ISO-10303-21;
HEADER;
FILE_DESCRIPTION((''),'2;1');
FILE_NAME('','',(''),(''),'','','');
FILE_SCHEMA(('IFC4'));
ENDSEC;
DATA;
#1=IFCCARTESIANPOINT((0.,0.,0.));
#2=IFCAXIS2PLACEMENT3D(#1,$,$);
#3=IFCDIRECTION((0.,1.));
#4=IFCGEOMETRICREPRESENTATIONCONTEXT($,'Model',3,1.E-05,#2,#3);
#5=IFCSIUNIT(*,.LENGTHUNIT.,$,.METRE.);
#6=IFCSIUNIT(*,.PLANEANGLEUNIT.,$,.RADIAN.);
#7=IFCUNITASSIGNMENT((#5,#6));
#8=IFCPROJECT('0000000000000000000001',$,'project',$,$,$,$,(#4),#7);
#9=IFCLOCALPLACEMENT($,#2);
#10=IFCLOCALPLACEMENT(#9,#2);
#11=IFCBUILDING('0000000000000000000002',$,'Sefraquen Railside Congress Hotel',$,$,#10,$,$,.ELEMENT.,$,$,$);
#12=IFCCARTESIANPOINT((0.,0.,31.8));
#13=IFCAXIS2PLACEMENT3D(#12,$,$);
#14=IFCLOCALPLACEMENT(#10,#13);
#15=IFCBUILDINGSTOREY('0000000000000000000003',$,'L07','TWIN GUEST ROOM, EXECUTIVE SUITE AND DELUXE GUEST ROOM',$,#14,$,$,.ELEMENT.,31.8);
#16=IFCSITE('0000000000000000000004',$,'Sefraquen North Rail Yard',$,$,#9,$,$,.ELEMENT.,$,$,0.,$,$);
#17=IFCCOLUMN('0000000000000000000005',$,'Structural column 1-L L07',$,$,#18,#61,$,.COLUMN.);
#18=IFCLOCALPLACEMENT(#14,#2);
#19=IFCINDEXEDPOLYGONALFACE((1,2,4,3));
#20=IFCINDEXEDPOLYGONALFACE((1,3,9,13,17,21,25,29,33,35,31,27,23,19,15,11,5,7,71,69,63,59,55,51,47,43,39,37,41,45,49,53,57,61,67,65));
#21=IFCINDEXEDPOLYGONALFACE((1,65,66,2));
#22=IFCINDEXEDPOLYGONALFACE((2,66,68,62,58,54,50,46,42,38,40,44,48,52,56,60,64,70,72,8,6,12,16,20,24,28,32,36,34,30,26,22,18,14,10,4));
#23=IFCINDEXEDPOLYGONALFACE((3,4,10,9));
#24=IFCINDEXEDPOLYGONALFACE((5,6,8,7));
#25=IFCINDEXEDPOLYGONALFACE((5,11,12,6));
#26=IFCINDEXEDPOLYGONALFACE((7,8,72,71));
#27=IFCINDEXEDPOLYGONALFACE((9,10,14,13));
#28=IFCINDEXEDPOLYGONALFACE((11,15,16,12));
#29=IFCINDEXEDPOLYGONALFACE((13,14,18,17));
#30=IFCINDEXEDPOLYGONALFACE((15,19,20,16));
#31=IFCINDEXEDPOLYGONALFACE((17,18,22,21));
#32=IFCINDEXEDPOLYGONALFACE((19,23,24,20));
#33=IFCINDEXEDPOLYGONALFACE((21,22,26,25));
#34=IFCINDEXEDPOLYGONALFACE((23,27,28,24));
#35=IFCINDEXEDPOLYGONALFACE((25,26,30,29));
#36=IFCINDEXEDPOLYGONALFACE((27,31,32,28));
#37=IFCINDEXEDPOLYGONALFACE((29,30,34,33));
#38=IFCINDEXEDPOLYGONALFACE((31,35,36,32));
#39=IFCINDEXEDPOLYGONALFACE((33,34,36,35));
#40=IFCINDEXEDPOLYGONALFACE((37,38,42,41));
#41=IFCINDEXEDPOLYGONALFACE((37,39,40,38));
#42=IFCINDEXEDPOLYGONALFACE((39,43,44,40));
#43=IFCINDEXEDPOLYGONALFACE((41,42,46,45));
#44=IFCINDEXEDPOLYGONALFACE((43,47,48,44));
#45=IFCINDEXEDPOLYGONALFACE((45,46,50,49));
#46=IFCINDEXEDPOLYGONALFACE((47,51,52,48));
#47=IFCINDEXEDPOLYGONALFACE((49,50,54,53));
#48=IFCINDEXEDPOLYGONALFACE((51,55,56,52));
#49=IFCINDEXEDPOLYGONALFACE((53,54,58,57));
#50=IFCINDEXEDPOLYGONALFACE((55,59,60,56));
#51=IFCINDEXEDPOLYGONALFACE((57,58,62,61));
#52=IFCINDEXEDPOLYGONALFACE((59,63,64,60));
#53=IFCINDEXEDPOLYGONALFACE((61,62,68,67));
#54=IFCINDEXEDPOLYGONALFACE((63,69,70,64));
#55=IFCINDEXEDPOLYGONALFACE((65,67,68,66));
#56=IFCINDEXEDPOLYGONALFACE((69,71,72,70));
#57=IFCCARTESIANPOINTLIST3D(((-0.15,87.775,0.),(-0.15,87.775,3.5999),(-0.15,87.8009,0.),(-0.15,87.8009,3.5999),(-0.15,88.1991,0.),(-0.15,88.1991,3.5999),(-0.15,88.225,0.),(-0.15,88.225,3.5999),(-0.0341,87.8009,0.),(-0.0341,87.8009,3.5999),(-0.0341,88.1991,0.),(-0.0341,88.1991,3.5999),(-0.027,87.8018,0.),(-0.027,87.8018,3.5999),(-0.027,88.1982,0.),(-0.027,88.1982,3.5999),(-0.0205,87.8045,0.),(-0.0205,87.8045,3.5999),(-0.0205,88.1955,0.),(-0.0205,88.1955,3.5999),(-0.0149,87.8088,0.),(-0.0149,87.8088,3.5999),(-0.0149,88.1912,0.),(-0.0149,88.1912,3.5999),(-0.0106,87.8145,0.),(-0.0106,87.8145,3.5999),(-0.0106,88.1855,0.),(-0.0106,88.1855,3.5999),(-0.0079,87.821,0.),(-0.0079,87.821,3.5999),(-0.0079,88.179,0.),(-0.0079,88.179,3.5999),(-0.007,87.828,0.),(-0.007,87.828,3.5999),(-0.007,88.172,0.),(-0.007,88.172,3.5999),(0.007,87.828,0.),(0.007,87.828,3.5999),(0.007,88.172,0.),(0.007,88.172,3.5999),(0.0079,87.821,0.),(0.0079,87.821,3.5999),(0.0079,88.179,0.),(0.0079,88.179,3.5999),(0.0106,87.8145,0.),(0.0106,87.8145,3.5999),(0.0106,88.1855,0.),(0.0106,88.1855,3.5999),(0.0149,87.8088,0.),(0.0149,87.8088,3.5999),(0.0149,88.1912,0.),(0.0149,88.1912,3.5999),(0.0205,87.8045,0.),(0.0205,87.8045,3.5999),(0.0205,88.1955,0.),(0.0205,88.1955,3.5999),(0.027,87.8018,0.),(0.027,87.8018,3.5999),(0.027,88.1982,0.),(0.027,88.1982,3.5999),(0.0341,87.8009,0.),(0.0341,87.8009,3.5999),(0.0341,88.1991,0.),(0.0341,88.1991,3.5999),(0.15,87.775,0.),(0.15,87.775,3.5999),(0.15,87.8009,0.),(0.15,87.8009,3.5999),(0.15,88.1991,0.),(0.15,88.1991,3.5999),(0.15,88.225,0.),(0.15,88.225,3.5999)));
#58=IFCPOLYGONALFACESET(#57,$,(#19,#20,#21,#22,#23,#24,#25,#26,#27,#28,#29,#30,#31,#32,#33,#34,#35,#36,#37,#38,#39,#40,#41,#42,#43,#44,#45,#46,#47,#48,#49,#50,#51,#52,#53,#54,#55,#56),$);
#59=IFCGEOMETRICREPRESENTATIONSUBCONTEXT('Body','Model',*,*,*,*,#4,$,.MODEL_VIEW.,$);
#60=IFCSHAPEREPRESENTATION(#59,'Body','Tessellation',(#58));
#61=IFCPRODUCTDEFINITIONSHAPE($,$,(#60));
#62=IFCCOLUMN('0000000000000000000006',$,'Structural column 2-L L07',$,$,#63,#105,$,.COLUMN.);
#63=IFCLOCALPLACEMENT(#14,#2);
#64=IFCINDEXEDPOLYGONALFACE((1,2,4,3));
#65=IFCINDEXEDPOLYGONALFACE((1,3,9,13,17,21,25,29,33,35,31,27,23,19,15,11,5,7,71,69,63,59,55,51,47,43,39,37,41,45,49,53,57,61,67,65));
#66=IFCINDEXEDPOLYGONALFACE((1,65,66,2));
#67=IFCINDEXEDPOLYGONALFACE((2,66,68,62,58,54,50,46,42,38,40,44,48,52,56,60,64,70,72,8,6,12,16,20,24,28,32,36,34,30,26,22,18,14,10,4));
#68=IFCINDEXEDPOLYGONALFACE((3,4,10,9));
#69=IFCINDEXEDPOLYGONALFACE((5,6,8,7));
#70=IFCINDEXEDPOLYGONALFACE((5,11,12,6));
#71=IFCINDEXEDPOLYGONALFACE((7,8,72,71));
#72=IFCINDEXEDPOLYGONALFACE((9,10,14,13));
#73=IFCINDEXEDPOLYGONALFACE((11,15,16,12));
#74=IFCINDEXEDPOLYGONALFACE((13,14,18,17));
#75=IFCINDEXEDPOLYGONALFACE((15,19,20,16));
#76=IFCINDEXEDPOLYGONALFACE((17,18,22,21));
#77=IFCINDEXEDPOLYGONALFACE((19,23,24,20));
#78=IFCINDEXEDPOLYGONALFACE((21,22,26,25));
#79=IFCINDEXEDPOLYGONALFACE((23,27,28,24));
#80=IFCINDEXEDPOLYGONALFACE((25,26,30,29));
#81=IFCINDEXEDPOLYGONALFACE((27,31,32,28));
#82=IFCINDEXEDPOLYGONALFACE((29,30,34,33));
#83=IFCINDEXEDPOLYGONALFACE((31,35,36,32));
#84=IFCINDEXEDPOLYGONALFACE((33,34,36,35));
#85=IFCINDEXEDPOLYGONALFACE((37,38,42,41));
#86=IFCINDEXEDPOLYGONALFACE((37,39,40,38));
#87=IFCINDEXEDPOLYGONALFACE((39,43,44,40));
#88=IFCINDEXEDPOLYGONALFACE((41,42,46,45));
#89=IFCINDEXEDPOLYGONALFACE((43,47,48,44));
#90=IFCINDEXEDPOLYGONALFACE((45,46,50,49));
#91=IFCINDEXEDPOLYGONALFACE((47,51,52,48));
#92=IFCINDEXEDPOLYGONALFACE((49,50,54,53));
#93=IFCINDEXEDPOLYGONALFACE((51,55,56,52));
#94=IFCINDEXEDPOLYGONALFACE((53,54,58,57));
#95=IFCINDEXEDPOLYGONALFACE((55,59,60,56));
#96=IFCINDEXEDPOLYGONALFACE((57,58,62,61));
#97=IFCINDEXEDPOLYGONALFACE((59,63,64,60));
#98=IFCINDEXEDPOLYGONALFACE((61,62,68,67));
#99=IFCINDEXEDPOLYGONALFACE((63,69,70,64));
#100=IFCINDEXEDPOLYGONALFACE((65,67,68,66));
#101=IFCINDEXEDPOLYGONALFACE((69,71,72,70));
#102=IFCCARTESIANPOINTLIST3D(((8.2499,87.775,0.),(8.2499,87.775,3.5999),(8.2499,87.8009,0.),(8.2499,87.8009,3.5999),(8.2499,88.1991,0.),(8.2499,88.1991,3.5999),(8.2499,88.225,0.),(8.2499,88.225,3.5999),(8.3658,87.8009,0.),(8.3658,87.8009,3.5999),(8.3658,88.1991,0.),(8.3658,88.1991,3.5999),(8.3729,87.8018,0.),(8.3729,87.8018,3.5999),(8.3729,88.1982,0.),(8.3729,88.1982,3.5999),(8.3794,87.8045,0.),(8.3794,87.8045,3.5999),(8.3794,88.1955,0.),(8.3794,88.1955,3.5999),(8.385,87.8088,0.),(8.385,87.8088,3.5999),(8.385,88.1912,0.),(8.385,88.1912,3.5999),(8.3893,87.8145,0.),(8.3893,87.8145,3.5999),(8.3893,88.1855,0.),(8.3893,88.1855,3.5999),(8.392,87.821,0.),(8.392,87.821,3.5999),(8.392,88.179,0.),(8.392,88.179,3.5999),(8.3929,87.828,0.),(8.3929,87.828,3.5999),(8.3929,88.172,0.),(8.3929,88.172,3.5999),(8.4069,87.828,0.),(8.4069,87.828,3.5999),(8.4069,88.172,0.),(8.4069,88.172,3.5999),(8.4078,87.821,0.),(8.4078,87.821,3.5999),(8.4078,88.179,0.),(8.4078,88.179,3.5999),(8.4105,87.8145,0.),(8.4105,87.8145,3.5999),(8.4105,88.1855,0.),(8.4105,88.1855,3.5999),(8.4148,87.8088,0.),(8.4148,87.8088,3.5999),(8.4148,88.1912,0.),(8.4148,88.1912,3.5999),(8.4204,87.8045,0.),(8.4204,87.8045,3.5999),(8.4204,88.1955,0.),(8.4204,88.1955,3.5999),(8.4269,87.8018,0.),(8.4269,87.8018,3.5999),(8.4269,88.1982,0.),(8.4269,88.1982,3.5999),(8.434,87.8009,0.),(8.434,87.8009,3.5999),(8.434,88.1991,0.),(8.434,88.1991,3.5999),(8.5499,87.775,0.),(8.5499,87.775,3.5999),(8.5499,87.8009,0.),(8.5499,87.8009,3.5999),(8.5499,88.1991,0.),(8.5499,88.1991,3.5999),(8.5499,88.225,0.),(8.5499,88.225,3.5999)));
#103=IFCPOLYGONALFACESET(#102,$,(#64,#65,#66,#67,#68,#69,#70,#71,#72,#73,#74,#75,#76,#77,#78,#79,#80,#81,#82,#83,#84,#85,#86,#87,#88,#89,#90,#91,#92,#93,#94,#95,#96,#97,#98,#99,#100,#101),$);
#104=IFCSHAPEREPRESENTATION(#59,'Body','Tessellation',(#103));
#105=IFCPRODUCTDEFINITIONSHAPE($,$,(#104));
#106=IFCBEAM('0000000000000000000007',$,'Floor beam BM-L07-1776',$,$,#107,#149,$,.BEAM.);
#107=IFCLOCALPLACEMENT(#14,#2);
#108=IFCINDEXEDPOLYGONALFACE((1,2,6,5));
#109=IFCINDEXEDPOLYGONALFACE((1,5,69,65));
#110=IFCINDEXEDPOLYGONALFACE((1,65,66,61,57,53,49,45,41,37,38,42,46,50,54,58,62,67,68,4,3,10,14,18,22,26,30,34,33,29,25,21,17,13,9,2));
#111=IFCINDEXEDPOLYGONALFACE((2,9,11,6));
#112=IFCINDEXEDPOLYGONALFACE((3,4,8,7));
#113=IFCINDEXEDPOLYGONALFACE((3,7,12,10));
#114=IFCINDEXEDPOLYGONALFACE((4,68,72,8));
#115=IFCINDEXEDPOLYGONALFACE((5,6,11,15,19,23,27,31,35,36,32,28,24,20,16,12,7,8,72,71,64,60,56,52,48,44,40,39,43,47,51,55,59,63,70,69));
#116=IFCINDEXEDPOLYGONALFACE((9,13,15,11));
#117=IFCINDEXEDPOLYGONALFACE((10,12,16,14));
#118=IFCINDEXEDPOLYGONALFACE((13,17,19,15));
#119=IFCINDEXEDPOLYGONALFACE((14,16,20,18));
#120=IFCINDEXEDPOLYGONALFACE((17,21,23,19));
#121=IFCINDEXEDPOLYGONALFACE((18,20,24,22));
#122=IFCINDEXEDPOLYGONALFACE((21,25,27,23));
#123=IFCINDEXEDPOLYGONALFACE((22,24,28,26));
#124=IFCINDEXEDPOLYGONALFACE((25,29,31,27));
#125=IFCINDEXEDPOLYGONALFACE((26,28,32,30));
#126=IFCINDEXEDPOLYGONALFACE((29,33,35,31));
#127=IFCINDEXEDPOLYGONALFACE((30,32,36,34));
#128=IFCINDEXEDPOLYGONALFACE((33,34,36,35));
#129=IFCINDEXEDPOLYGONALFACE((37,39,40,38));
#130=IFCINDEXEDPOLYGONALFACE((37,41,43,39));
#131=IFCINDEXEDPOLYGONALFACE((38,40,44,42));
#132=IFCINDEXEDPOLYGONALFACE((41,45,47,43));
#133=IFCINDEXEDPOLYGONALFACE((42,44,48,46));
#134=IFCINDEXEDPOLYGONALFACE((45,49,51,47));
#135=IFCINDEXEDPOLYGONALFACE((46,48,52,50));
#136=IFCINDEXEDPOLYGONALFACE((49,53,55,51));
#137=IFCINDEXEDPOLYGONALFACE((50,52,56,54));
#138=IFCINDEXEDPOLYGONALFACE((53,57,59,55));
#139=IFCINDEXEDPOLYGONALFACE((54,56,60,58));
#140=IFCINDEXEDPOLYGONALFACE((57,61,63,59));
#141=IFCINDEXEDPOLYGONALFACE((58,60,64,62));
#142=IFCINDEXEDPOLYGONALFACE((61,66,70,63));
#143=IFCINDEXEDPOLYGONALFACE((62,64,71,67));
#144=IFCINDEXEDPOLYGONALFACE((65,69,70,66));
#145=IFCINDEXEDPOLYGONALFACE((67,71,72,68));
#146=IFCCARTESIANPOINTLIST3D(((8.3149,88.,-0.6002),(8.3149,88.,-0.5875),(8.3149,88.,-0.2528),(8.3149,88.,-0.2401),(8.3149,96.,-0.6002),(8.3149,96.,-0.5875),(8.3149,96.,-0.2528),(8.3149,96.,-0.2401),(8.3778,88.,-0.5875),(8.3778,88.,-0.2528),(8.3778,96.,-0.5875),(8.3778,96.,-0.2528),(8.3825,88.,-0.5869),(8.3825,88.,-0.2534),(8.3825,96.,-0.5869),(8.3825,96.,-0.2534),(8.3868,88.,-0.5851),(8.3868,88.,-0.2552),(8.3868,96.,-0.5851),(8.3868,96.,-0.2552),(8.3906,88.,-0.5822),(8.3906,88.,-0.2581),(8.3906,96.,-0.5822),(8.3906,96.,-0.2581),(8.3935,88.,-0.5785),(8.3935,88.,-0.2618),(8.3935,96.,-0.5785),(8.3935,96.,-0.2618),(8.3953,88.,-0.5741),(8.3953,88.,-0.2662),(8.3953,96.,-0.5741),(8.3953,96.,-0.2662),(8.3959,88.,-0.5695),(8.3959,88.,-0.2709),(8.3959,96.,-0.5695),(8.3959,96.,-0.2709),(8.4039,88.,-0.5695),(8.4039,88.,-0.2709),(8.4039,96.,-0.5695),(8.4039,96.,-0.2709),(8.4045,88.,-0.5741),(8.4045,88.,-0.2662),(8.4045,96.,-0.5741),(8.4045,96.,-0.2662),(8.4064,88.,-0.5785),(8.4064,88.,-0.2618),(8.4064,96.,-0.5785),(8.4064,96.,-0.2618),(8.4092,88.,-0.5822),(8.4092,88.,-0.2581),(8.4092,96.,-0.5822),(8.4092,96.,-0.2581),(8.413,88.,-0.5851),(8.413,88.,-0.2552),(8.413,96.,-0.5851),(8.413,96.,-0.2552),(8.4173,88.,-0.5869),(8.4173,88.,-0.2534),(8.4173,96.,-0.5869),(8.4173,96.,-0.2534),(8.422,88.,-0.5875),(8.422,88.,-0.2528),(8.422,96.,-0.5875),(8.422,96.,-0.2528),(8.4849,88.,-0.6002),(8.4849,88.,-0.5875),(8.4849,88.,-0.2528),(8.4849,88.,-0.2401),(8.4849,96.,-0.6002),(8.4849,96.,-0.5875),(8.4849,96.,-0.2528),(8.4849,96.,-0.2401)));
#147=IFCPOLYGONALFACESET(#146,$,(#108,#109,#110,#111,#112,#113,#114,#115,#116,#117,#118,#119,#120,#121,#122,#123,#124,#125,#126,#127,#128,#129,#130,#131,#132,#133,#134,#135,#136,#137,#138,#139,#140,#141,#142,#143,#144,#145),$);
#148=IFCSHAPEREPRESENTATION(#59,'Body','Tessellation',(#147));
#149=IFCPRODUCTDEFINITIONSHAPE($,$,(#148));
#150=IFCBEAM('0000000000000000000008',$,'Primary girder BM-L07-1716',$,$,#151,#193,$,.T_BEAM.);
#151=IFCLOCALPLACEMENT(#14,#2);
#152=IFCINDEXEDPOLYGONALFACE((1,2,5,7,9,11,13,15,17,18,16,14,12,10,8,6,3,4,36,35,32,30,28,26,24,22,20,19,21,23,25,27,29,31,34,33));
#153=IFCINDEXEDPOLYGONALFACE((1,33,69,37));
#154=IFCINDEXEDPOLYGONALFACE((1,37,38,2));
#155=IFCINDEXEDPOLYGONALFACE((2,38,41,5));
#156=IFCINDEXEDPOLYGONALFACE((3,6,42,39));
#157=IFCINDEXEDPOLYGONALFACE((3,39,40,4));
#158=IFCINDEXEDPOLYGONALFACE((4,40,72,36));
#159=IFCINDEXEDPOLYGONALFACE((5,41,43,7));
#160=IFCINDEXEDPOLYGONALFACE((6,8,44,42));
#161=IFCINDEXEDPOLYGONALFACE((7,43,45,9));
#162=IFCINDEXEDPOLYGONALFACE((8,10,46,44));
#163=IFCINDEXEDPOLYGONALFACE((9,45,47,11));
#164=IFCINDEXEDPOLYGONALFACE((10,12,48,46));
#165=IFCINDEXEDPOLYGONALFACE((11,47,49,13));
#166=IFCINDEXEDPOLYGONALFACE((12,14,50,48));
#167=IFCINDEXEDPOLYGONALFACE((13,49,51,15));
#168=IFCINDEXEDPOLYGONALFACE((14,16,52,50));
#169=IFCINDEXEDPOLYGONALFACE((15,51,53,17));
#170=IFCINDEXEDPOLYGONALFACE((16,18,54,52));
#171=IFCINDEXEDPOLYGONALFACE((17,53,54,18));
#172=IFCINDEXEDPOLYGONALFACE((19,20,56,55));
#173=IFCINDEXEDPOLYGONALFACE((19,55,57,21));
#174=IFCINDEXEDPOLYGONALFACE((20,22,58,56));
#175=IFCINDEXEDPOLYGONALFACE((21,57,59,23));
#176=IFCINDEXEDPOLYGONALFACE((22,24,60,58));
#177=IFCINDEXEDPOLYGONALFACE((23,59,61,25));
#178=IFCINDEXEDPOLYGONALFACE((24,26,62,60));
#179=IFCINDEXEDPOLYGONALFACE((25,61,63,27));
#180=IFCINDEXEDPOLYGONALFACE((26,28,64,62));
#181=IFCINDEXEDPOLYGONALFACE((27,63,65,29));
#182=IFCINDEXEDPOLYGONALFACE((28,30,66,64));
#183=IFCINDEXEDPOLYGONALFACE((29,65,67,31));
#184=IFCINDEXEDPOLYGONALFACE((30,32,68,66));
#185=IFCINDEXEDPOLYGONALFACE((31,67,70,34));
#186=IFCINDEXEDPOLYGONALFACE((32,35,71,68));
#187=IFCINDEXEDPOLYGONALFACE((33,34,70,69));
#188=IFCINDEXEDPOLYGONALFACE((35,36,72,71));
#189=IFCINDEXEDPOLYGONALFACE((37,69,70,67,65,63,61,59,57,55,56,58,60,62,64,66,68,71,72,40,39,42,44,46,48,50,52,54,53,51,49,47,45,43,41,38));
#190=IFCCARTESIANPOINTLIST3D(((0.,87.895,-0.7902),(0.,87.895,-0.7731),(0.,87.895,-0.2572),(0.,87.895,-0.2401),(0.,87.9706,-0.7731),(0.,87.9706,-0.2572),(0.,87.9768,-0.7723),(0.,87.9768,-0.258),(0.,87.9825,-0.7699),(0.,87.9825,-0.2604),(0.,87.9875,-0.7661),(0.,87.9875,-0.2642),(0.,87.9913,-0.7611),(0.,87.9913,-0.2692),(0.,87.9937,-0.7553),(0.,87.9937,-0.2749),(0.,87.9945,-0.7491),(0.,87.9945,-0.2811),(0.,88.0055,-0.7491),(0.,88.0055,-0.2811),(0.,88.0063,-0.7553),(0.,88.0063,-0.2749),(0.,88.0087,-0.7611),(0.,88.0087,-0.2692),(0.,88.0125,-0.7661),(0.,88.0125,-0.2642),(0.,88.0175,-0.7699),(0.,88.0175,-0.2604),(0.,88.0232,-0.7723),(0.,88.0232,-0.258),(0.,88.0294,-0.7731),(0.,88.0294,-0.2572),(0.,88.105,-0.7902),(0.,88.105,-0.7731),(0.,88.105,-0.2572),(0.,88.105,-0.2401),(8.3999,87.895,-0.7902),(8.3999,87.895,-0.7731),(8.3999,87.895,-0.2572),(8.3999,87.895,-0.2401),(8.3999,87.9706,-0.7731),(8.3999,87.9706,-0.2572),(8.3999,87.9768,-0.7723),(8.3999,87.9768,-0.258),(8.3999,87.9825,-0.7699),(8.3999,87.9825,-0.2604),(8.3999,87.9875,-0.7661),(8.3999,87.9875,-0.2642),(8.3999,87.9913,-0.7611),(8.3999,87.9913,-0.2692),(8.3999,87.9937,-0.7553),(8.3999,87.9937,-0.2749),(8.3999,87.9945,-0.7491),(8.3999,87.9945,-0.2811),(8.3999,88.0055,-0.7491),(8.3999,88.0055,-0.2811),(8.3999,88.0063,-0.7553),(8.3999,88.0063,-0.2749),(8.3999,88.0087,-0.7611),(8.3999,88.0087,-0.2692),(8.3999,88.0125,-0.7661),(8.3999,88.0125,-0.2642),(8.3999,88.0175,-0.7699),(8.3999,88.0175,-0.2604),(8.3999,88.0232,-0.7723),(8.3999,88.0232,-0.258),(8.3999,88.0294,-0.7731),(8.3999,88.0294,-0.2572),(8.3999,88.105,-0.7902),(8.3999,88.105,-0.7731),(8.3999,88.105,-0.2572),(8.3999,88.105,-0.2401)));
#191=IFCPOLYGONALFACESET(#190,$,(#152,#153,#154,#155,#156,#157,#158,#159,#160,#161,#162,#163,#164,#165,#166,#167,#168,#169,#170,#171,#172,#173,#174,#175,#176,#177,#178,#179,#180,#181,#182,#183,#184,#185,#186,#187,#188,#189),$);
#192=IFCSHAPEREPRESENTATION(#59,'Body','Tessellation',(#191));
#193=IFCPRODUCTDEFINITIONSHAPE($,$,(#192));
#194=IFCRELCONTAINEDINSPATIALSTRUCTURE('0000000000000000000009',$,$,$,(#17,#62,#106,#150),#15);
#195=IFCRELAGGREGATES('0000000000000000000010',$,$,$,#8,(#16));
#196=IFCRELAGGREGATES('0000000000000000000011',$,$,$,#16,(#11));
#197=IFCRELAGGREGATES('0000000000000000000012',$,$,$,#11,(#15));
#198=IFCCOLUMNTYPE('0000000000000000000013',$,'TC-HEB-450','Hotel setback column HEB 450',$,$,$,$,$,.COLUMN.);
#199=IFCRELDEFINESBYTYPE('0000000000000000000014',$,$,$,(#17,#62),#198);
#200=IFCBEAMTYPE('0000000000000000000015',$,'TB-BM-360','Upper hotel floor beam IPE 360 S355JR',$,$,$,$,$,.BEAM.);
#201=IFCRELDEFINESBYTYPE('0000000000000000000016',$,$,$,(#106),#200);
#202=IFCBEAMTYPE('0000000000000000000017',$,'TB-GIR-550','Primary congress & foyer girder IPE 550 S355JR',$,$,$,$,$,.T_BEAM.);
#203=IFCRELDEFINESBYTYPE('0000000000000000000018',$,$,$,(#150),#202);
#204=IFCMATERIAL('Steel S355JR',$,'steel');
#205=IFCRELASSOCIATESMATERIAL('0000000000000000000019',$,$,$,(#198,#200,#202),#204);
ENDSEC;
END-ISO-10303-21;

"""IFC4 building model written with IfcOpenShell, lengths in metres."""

from ifc_helpers import new_model, si_unit, direction, frame, origin, origin_2d, place, context, subcontext, project, spatial, i_section, extrude, material, material_profile, profile_set, type_object, element, save


model = new_model("IFC4")

# Units and contexts
model_context = context("Model", 3, precision=1e-05, world=origin(), true_north=direction((0.0, 1.0)))
body_context = subcontext(model_context, "Body", "Model", "MODEL_VIEW")
ifc_project = project(units=[si_unit("LENGTHUNIT", "METRE"), si_unit("PLANEANGLEUNIT", "RADIAN")], contexts=[model_context])

# Site, building, storey
site_placement = place(None, origin())
site = spatial("IfcSite", under=ifc_project, at=site_placement, Name="Sefraquen North Rail Yard", CompositionType="ELEMENT", RefElevation=0.0)
building_placement = place(site_placement, origin())
building = spatial("IfcBuilding", under=site, at=building_placement, Name="Sefraquen Railside Congress Hotel", CompositionType="ELEMENT")
storey_placement = place(building_placement, frame((0.0, 0.0, 31.8)))
storey = spatial("IfcBuildingStorey", under=building, at=storey_placement, Name="L07", Description="TWIN GUEST ROOM, EXECUTIVE SUITE AND DELUXE GUEST ROOM", CompositionType="ELEMENT", Elevation=31.8)

# Columns
ifc_material_1 = material(Name="Steel S355JR", Category="steel")
ifc_material_profile_1 = material_profile(ifc_material_1, i_section(OverallWidth=0.3, OverallDepth=0.45, WebThickness=0.0139, FlangeThickness=0.0259, FilletRadius=0.0271, at=origin_2d()), Name="HEB 450")
ifc_profile_set_1 = profile_set([ifc_material_profile_1], Name="Steel S355JR")
column_type = type_object("IfcColumnType", Name="TC-HEB-450", Description="Hotel setback column HEB 450", PredefinedType="COLUMN", material=ifc_profile_set_1)
for number, where, z_axis, x_axis, name in (
    (1, (0.0, 88.0, 0.0), (0.0, 0.0, 1.0), (1.0, 0.0, 0.0), "Structural column 1-L L07"),
    (2, (8.3999, 88.0, 0.0), (0.0, 0.0, 1.0), (1.0, 0.0, 0.0), "Structural column 2-L L07"),
):
    element("IfcColumn", number, at=place(storey_placement, frame(where, z_axis=z_axis, x_axis=x_axis)), inside=storey, type_object=column_type, Name=name, PredefinedType="COLUMN", context=body_context, shape_type="SweptSolid", body=[
        extrude(i_section(OverallWidth=0.3, OverallDepth=0.45, WebThickness=0.0139, FlangeThickness=0.0259, FilletRadius=0.0271, at=origin_2d()), origin(), (0.0, 0.0, 1.0), 3.5999),
    ])

# Beams
ifc_material_profile_2 = material_profile(ifc_material_1, i_section(OverallWidth=0.1699, OverallDepth=0.3601, WebThickness=0.0081, FlangeThickness=0.0127, FilletRadius=0.0181, at=origin_2d()), Name="IPE 360")
ifc_profile_set_2 = profile_set([ifc_material_profile_2], Name="Steel S355JR")
beam_type_1 = type_object("IfcBeamType", Name="TB-BM-360", Description="Upper hotel floor beam IPE 360 S355JR", PredefinedType="BEAM", material=ifc_profile_set_2)
beam_1_placement = place(storey_placement, frame((8.3999, 88.0, -0.4202), z_axis=(0.0, 1.0, 0.0), x_axis=(-1.0, 0.0, 0.0)))
element("IfcBeam", 3, at=beam_1_placement, inside=storey, type_object=beam_type_1, Name="Floor beam BM-L07-1776", PredefinedType="BEAM", context=body_context, shape_type="SweptSolid", body=[
    extrude(i_section(OverallWidth=0.1699, OverallDepth=0.3601, WebThickness=0.0081, FlangeThickness=0.0127, FilletRadius=0.0181, at=origin_2d()), origin(), (0.0, 0.0, 1.0), 8.0),
])
ifc_material_profile_3 = material_profile(ifc_material_1, i_section(OverallWidth=0.21, OverallDepth=0.55, WebThickness=0.011, FlangeThickness=0.0171, FilletRadius=0.0239, at=origin_2d()), Name="IPE 550")
ifc_profile_set_3 = profile_set([ifc_material_profile_3], Name="Steel S355JR")
beam_type_2 = type_object("IfcBeamType", Name="TB-GIR-550", Description="Primary congress & foyer girder IPE 550 S355JR", PredefinedType="T_BEAM", material=ifc_profile_set_3)
beam_2_placement = place(storey_placement, frame((0.0, 88.0, -0.5151), z_axis=(1.0, 0.0, 0.0), x_axis=(0.0, 1.0, 0.0)))
element("IfcBeam", 4, at=beam_2_placement, inside=storey, type_object=beam_type_2, Name="Primary girder BM-L07-1716", PredefinedType="T_BEAM", context=body_context, shape_type="SweptSolid", body=[
    extrude(i_section(OverallWidth=0.21, OverallDepth=0.55, WebThickness=0.011, FlangeThickness=0.0171, FilletRadius=0.0239, at=origin_2d()), origin(), (0.0, 0.0, 1.0), 8.3999),
])

save(model, "model.ifc")
